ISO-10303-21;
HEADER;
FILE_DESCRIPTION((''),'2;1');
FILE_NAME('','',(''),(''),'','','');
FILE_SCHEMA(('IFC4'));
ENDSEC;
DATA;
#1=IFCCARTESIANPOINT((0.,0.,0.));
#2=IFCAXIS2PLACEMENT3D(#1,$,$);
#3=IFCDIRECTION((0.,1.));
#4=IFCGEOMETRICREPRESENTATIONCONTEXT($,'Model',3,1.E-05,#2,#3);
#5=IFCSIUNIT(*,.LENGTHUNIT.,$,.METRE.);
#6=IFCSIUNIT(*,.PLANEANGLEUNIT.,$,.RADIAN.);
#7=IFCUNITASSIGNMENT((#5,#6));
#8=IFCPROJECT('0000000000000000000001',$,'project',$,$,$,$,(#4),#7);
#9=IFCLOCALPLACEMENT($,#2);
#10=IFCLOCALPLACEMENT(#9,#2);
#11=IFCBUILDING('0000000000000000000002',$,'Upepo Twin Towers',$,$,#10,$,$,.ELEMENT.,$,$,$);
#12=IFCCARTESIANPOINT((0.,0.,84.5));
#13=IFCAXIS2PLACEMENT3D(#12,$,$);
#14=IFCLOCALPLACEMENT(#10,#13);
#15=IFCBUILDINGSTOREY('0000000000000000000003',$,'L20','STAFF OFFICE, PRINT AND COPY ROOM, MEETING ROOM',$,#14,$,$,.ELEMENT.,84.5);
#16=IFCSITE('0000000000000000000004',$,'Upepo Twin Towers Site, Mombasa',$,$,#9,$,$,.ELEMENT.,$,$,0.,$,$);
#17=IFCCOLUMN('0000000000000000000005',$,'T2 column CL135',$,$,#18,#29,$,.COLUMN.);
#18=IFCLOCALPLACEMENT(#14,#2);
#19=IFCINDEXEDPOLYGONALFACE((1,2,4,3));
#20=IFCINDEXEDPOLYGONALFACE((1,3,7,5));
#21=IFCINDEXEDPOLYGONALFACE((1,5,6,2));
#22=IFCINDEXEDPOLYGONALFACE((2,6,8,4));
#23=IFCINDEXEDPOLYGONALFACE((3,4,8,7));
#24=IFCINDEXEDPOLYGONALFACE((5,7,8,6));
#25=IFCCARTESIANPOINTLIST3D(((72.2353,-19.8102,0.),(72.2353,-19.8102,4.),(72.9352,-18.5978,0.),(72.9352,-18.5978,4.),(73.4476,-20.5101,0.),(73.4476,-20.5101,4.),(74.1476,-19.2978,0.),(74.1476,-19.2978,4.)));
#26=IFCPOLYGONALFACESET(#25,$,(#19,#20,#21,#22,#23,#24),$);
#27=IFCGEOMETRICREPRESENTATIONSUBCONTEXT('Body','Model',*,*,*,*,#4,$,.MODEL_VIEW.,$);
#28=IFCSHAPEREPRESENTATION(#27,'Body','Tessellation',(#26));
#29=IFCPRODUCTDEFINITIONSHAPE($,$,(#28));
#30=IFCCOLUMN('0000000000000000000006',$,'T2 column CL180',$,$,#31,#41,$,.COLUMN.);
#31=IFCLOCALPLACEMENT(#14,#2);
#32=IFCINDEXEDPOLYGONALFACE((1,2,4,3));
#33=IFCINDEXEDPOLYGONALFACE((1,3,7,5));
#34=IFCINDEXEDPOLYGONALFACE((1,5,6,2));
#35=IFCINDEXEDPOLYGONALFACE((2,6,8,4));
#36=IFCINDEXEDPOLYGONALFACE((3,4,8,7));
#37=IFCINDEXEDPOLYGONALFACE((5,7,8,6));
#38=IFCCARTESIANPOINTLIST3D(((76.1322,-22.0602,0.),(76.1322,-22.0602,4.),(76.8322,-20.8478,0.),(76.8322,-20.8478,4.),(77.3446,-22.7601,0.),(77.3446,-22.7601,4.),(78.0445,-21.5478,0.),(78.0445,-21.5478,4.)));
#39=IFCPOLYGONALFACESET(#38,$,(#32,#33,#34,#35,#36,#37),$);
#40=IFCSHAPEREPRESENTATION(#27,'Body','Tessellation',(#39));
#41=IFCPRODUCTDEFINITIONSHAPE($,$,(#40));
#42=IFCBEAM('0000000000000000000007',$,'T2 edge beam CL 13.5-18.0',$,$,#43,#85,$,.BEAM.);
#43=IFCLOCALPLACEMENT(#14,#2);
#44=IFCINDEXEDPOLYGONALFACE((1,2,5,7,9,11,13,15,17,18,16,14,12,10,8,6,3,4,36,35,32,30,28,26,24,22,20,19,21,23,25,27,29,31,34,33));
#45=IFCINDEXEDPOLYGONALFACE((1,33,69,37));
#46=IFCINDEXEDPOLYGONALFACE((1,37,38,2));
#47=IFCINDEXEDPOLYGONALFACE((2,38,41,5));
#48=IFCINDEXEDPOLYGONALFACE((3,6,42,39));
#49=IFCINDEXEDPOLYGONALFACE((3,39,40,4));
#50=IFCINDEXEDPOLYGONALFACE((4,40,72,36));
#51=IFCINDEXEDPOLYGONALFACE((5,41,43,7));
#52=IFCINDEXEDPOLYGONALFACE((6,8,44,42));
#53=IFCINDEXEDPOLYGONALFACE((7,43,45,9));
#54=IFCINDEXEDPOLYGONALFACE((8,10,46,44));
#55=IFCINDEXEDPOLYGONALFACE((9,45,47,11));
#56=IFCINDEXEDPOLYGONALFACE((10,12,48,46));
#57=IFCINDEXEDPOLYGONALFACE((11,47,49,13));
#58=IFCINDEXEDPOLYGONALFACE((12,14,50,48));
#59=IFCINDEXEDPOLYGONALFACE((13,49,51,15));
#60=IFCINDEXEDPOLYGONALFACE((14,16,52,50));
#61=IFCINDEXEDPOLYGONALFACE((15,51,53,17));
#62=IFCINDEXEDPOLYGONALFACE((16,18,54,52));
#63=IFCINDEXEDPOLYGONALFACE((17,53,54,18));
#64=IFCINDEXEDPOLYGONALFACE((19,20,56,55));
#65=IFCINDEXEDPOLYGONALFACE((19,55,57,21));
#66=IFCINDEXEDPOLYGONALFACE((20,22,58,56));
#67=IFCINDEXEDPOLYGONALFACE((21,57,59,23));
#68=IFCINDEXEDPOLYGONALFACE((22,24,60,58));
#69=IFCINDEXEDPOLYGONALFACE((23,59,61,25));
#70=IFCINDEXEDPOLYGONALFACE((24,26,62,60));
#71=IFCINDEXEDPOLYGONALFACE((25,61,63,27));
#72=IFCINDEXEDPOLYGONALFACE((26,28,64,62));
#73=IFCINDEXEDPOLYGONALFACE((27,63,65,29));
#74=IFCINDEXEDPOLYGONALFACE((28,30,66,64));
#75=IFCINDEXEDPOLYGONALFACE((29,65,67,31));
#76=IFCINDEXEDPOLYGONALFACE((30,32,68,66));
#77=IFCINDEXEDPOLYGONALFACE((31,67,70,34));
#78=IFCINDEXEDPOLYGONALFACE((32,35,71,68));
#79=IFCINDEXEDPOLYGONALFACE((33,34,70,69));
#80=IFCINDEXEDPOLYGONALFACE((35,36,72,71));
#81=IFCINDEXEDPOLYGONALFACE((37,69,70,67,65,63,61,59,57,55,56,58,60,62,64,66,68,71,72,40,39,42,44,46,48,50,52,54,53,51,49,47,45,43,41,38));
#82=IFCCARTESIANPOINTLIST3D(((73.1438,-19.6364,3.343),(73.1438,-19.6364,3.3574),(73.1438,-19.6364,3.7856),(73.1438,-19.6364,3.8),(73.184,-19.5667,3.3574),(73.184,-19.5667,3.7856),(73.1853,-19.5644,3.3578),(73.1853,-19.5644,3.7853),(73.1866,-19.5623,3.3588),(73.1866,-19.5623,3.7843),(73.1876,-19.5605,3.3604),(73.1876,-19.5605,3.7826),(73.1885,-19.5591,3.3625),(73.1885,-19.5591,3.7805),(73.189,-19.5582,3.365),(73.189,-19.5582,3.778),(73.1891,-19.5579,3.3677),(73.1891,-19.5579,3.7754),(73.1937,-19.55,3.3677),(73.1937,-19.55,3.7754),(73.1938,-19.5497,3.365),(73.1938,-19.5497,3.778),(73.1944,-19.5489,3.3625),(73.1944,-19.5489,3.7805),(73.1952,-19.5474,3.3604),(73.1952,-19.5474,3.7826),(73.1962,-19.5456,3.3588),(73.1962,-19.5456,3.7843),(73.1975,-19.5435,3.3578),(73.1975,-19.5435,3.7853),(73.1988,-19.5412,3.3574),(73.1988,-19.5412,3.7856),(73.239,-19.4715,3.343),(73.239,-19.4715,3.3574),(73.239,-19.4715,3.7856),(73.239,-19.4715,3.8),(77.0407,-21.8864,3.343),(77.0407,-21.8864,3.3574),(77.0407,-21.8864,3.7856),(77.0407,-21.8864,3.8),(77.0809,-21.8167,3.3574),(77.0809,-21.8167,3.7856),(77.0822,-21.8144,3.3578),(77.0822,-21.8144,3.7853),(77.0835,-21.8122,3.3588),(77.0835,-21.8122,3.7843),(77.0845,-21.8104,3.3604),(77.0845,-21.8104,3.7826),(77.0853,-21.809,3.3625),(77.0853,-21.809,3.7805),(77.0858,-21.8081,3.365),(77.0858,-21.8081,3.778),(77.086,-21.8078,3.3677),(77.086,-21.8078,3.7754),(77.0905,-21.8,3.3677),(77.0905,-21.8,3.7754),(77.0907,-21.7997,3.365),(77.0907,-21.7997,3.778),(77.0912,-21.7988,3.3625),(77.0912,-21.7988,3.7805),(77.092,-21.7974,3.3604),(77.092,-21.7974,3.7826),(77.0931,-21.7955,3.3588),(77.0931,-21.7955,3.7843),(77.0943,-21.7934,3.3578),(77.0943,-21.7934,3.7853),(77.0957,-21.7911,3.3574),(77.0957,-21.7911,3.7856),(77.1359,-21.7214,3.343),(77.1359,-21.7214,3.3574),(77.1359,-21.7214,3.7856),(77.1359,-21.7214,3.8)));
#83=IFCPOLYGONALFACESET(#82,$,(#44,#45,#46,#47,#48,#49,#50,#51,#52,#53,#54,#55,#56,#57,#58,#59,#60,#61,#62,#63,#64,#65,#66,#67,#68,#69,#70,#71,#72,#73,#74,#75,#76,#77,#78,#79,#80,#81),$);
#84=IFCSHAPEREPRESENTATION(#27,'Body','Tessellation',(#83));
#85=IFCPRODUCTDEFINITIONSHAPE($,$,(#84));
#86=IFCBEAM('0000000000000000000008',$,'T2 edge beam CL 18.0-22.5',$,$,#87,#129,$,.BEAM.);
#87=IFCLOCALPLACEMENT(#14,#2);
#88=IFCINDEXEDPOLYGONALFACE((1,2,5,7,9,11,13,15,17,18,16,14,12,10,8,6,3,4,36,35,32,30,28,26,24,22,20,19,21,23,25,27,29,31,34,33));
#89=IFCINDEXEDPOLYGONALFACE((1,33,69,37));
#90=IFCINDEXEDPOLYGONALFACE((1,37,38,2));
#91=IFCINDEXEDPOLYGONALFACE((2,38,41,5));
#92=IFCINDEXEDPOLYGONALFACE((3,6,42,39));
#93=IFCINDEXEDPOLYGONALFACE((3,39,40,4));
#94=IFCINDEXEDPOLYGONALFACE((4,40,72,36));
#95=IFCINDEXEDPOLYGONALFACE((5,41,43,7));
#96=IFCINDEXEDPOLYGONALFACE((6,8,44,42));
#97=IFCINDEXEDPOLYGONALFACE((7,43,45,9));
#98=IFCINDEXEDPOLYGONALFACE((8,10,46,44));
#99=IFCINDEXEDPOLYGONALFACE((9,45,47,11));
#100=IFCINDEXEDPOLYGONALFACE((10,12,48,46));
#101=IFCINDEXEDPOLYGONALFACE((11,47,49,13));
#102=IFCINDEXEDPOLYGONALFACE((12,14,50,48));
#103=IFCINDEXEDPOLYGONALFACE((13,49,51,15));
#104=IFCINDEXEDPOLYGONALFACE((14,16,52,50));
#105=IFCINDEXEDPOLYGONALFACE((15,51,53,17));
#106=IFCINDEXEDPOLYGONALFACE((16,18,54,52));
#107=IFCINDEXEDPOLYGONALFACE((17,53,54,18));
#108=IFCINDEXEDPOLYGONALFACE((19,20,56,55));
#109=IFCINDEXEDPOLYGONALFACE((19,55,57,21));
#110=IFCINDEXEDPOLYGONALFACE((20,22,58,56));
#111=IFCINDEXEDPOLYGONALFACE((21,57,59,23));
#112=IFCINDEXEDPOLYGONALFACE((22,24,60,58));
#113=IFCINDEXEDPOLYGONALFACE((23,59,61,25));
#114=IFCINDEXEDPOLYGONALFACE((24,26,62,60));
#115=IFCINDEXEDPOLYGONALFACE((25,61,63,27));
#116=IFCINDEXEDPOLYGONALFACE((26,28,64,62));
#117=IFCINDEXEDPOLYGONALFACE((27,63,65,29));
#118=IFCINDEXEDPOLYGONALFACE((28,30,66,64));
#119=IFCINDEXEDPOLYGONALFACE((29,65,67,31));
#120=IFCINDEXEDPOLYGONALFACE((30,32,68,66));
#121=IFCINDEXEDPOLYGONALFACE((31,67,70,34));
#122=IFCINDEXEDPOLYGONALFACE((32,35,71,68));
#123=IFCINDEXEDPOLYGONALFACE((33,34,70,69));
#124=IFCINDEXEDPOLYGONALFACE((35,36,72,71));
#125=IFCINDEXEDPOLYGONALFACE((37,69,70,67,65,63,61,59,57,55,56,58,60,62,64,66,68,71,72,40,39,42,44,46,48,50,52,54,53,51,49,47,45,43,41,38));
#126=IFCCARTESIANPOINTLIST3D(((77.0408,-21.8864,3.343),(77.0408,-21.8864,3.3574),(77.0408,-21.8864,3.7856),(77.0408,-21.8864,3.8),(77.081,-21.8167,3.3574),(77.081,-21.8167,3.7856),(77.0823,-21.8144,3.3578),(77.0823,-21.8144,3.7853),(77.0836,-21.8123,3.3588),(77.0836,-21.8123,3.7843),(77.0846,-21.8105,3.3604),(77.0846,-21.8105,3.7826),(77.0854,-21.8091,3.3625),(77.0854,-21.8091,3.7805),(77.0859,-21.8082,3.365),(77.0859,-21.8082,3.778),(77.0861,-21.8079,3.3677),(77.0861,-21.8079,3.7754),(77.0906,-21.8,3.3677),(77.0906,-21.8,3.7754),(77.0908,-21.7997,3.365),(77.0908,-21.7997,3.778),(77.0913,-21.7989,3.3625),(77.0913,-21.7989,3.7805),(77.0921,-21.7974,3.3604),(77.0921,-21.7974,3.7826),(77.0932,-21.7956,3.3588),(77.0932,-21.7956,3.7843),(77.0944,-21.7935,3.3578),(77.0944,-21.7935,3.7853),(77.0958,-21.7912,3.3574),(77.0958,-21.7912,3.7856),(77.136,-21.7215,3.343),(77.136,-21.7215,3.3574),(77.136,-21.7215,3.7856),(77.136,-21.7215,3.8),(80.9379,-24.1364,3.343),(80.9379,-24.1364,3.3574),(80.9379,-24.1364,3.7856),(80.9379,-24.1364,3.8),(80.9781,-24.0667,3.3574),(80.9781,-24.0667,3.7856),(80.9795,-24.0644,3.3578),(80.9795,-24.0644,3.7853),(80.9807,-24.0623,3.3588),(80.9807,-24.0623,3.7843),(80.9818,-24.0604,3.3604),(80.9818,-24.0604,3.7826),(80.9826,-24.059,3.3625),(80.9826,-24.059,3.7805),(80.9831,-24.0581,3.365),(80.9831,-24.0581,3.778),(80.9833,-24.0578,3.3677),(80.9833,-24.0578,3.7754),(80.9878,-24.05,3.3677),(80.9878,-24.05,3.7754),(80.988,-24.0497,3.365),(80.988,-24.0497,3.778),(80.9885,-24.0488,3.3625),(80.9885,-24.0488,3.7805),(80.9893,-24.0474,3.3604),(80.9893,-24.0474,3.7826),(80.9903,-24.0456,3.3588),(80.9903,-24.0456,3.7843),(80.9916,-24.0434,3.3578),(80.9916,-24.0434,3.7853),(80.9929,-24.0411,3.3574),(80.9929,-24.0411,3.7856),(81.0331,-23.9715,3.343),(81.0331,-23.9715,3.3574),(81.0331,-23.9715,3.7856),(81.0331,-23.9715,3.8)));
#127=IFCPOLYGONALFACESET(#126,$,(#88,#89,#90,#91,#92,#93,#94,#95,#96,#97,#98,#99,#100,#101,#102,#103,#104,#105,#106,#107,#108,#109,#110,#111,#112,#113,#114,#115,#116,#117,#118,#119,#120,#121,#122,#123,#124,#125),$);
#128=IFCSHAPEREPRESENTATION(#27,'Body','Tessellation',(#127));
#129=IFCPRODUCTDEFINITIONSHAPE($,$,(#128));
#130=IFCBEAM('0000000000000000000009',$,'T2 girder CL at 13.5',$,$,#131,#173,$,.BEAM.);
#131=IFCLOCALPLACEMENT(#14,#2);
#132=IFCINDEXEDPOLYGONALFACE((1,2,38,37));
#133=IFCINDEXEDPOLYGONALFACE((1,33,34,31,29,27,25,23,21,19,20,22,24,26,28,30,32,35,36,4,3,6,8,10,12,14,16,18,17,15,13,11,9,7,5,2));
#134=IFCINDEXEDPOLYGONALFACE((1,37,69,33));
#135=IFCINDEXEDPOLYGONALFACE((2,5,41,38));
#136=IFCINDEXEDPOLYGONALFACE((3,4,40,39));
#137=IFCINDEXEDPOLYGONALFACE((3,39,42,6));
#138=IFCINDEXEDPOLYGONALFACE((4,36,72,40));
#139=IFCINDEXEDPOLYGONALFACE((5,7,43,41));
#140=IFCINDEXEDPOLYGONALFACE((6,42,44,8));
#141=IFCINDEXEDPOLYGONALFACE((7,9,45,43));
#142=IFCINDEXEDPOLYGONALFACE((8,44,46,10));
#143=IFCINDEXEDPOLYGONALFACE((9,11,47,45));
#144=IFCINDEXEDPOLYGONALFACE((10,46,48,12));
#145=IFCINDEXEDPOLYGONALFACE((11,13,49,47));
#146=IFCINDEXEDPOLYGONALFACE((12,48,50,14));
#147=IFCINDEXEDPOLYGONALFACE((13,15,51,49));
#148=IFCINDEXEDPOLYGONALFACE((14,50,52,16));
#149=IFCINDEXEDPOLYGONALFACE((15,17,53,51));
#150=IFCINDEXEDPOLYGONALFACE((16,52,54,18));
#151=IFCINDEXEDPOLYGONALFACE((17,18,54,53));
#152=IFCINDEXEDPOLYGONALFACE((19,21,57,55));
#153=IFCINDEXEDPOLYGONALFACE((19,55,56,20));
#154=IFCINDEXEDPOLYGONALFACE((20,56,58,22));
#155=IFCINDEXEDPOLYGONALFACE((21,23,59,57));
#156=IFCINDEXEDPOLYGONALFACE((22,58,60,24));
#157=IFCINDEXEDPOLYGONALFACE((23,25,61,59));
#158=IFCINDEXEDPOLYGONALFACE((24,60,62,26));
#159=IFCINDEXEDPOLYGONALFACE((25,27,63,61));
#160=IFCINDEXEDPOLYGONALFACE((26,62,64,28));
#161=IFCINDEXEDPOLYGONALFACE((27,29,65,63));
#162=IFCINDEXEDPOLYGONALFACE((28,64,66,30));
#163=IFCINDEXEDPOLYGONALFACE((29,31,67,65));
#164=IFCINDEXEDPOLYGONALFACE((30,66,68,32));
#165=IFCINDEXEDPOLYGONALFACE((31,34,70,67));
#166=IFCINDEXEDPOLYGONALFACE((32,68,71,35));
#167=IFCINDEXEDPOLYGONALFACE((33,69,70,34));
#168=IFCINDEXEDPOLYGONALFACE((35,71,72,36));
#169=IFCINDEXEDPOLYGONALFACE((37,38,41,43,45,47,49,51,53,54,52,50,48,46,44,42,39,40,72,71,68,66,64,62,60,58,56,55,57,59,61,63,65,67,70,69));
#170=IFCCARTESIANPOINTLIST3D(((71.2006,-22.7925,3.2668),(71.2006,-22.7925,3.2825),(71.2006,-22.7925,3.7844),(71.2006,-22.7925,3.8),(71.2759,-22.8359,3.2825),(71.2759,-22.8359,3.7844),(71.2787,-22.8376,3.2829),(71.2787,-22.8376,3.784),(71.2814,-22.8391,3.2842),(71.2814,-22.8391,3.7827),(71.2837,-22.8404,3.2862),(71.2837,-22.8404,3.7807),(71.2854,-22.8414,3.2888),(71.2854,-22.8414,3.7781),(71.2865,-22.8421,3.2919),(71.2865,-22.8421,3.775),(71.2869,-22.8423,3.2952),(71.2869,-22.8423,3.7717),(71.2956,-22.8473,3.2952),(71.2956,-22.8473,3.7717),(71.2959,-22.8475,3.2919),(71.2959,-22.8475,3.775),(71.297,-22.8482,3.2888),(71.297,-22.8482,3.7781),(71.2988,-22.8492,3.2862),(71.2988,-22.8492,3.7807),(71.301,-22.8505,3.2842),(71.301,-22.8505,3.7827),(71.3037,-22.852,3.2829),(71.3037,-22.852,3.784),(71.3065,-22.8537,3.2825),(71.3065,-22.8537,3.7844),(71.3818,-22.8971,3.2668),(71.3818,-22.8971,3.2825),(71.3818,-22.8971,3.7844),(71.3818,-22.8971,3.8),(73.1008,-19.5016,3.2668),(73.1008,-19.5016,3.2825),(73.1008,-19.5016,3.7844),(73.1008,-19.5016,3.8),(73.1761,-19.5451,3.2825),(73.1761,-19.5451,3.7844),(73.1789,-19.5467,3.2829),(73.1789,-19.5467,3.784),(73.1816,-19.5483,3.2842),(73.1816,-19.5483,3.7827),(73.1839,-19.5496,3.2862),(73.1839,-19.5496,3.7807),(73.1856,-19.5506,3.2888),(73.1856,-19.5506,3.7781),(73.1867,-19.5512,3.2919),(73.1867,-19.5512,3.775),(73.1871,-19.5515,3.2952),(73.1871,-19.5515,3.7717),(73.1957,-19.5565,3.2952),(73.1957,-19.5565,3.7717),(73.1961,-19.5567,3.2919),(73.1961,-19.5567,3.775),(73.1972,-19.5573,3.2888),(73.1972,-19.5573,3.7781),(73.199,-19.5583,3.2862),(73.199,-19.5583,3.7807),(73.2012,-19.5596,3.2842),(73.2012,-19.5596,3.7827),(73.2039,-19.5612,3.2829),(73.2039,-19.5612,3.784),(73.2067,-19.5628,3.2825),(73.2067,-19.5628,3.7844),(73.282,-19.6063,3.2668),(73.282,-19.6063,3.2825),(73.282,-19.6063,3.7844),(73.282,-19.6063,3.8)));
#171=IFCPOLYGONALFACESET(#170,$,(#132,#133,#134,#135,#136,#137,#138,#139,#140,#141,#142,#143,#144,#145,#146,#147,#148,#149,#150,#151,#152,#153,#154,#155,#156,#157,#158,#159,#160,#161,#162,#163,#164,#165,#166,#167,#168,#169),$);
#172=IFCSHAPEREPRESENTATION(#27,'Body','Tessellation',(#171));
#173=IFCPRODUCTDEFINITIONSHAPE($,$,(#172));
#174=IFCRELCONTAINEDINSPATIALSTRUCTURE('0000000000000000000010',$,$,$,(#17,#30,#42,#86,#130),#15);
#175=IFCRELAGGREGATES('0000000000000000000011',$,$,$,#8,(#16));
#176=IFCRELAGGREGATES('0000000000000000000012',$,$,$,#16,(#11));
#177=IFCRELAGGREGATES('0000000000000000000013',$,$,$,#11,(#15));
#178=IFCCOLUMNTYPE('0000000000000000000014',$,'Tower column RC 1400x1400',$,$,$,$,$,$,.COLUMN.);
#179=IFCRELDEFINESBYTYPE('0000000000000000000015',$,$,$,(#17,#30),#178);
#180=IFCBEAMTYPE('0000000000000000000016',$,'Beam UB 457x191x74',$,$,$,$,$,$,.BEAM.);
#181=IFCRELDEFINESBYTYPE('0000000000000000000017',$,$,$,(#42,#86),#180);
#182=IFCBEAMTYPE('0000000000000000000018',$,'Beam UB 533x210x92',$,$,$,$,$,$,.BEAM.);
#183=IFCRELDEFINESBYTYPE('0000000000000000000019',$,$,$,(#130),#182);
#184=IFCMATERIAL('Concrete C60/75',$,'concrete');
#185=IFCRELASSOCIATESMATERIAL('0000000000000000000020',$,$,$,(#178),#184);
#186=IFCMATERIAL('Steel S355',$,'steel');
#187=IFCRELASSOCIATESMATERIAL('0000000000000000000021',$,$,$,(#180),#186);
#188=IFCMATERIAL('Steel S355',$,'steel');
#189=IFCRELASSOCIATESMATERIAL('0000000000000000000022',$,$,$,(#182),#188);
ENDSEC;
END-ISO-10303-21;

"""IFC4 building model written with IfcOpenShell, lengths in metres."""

from ifc_helpers import new_model, si_unit, direction, frame, origin, origin_2d, place, context, subcontext, project, spatial, rectangle, i_section, extrude, material, material_profile, profile_set, type_object, element, save


model = new_model("IFC4")

# Units and contexts
model_context = context("Model", 3, precision=1e-05, world=origin(), true_north=direction((0.0, 1.0)))
body_context = subcontext(model_context, "Body", "Model", "MODEL_VIEW")
ifc_project = project(units=[si_unit("LENGTHUNIT", "METRE"), si_unit("PLANEANGLEUNIT", "RADIAN")], contexts=[model_context])

# Site, building, storey
site_placement = place(None, origin())
site = spatial("IfcSite", under=ifc_project, at=site_placement, Name="Upepo Twin Towers Site, Mombasa", CompositionType="ELEMENT", RefElevation=0.0)
building_placement = place(site_placement, origin())
building = spatial("IfcBuilding", under=site, at=building_placement, Name="Upepo Twin Towers", CompositionType="ELEMENT")
storey_placement = place(building_placement, frame((0.0, 0.0, 84.5)))
storey = spatial("IfcBuildingStorey", under=building, at=storey_placement, Name="L20", Description="STAFF OFFICE, PRINT AND COPY ROOM, MEETING ROOM", CompositionType="ELEMENT", Elevation=84.5)

# Columns
ifc_material_1 = material(Name="Concrete C60/75", Category="concrete")
ifc_material_profile_1 = material_profile(ifc_material_1, rectangle(XDim=1.3999, YDim=1.3999, at=origin_2d()), Name="RC 1400x1400")
ifc_profile_set_1 = profile_set([ifc_material_profile_1], Name="Concrete C60/75")
column_type = type_object("IfcColumnType", Name="Tower column RC 1400x1400", PredefinedType="COLUMN", material=ifc_profile_set_1)
for number, where, z_axis, x_axis, name in (
    (1, (73.1914, -19.554, 0.0), (0.0, 0.0, 1.0), (0.5, 0.866025, 0.0), "T2 column CL135"),
    (2, (77.0884, -21.804, 0.0), (0.0, 0.0, 1.0), (0.5, 0.866025, 0.0), "T2 column CL180"),
):
    element("IfcColumn", number, at=place(storey_placement, frame(where, z_axis=z_axis, x_axis=x_axis)), inside=storey, type_object=column_type, Name=name, PredefinedType="COLUMN", context=body_context, shape_type="SweptSolid", body=[
        extrude(rectangle(XDim=1.3999, YDim=1.3999, at=origin_2d()), origin(), (0.0, 0.0, 1.0), 4.0),
    ])

# Beams
ifc_material_2 = material(Name="Steel S355", Category="steel")
ifc_material_profile_2 = material_profile(ifc_material_2, i_section(OverallWidth=0.1904, OverallDepth=0.457, WebThickness=0.009, FlangeThickness=0.0144, FilletRadius=0.0103, at=origin_2d()), Name="UB 457x191x74")
ifc_profile_set_2 = profile_set([ifc_material_profile_2], Name="Steel S355")
beam_type_1 = type_object("IfcBeamType", Name="Beam UB 457x191x74", PredefinedType="BEAM", material=ifc_profile_set_2)
beam_1_placement = place(storey_placement, frame((73.1914, -19.554, 3.5715), z_axis=(0.866018, -0.500014, 0.0), x_axis=(0.500014, 0.866018, 0.0)))
element("IfcBeam", 3, at=beam_1_placement, inside=storey, type_object=beam_type_1, Name="T2 edge beam CL 13.5-18.0", PredefinedType="BEAM", context=body_context, shape_type="SweptSolid", body=[
    extrude(i_section(OverallWidth=0.1904, OverallDepth=0.457, WebThickness=0.009, FlangeThickness=0.0144, FilletRadius=0.0103, at=origin_2d()), origin(), (0.0, 0.0, 1.0), 4.4998),
])
beam_2_placement = place(storey_placement, frame((77.0884, -21.804, 3.5715), z_axis=(0.866031, -0.49999, 0.0), x_axis=(0.49999, 0.866031, 0.0)))
element("IfcBeam", 4, at=beam_2_placement, inside=storey, type_object=beam_type_1, Name="T2 edge beam CL 18.0-22.5", PredefinedType="BEAM", context=body_context, shape_type="SweptSolid", body=[
    extrude(i_section(OverallWidth=0.1904, OverallDepth=0.457, WebThickness=0.009, FlangeThickness=0.0144, FilletRadius=0.0103, at=origin_2d()), origin(), (0.0, 0.0, 1.0), 4.5),
])
ifc_material_3 = material(Name="Steel S355", Category="steel")
ifc_material_profile_3 = material_profile(ifc_material_3, i_section(OverallWidth=0.2092, OverallDepth=0.5332, WebThickness=0.01, FlangeThickness=0.0156, FilletRadius=0.0127, at=origin_2d()), Name="UB 533x210x92")
ifc_profile_set_3 = profile_set([ifc_material_profile_3], Name="Steel S355")
beam_type_2 = type_object("IfcBeamType", Name="Beam UB 533x210x92", PredefinedType="BEAM", material=ifc_profile_set_3)
beam_3_placement = place(storey_placement, frame((73.1914, -19.554, 3.5334), z_axis=(-0.500043, -0.866, 0.0), x_axis=(0.866, -0.500043, 0.0)))
element("IfcBeam", 5, at=beam_3_placement, inside=storey, type_object=beam_type_2, Name="T2 girder CL at 13.5", PredefinedType="BEAM", context=body_context, shape_type="SweptSolid", body=[
    extrude(i_section(OverallWidth=0.2092, OverallDepth=0.5332, WebThickness=0.01, FlangeThickness=0.0156, FilletRadius=0.0127, at=origin_2d()), origin(), (0.0, 0.0, 1.0), 3.8),
])

save(model, "model.ifc")
